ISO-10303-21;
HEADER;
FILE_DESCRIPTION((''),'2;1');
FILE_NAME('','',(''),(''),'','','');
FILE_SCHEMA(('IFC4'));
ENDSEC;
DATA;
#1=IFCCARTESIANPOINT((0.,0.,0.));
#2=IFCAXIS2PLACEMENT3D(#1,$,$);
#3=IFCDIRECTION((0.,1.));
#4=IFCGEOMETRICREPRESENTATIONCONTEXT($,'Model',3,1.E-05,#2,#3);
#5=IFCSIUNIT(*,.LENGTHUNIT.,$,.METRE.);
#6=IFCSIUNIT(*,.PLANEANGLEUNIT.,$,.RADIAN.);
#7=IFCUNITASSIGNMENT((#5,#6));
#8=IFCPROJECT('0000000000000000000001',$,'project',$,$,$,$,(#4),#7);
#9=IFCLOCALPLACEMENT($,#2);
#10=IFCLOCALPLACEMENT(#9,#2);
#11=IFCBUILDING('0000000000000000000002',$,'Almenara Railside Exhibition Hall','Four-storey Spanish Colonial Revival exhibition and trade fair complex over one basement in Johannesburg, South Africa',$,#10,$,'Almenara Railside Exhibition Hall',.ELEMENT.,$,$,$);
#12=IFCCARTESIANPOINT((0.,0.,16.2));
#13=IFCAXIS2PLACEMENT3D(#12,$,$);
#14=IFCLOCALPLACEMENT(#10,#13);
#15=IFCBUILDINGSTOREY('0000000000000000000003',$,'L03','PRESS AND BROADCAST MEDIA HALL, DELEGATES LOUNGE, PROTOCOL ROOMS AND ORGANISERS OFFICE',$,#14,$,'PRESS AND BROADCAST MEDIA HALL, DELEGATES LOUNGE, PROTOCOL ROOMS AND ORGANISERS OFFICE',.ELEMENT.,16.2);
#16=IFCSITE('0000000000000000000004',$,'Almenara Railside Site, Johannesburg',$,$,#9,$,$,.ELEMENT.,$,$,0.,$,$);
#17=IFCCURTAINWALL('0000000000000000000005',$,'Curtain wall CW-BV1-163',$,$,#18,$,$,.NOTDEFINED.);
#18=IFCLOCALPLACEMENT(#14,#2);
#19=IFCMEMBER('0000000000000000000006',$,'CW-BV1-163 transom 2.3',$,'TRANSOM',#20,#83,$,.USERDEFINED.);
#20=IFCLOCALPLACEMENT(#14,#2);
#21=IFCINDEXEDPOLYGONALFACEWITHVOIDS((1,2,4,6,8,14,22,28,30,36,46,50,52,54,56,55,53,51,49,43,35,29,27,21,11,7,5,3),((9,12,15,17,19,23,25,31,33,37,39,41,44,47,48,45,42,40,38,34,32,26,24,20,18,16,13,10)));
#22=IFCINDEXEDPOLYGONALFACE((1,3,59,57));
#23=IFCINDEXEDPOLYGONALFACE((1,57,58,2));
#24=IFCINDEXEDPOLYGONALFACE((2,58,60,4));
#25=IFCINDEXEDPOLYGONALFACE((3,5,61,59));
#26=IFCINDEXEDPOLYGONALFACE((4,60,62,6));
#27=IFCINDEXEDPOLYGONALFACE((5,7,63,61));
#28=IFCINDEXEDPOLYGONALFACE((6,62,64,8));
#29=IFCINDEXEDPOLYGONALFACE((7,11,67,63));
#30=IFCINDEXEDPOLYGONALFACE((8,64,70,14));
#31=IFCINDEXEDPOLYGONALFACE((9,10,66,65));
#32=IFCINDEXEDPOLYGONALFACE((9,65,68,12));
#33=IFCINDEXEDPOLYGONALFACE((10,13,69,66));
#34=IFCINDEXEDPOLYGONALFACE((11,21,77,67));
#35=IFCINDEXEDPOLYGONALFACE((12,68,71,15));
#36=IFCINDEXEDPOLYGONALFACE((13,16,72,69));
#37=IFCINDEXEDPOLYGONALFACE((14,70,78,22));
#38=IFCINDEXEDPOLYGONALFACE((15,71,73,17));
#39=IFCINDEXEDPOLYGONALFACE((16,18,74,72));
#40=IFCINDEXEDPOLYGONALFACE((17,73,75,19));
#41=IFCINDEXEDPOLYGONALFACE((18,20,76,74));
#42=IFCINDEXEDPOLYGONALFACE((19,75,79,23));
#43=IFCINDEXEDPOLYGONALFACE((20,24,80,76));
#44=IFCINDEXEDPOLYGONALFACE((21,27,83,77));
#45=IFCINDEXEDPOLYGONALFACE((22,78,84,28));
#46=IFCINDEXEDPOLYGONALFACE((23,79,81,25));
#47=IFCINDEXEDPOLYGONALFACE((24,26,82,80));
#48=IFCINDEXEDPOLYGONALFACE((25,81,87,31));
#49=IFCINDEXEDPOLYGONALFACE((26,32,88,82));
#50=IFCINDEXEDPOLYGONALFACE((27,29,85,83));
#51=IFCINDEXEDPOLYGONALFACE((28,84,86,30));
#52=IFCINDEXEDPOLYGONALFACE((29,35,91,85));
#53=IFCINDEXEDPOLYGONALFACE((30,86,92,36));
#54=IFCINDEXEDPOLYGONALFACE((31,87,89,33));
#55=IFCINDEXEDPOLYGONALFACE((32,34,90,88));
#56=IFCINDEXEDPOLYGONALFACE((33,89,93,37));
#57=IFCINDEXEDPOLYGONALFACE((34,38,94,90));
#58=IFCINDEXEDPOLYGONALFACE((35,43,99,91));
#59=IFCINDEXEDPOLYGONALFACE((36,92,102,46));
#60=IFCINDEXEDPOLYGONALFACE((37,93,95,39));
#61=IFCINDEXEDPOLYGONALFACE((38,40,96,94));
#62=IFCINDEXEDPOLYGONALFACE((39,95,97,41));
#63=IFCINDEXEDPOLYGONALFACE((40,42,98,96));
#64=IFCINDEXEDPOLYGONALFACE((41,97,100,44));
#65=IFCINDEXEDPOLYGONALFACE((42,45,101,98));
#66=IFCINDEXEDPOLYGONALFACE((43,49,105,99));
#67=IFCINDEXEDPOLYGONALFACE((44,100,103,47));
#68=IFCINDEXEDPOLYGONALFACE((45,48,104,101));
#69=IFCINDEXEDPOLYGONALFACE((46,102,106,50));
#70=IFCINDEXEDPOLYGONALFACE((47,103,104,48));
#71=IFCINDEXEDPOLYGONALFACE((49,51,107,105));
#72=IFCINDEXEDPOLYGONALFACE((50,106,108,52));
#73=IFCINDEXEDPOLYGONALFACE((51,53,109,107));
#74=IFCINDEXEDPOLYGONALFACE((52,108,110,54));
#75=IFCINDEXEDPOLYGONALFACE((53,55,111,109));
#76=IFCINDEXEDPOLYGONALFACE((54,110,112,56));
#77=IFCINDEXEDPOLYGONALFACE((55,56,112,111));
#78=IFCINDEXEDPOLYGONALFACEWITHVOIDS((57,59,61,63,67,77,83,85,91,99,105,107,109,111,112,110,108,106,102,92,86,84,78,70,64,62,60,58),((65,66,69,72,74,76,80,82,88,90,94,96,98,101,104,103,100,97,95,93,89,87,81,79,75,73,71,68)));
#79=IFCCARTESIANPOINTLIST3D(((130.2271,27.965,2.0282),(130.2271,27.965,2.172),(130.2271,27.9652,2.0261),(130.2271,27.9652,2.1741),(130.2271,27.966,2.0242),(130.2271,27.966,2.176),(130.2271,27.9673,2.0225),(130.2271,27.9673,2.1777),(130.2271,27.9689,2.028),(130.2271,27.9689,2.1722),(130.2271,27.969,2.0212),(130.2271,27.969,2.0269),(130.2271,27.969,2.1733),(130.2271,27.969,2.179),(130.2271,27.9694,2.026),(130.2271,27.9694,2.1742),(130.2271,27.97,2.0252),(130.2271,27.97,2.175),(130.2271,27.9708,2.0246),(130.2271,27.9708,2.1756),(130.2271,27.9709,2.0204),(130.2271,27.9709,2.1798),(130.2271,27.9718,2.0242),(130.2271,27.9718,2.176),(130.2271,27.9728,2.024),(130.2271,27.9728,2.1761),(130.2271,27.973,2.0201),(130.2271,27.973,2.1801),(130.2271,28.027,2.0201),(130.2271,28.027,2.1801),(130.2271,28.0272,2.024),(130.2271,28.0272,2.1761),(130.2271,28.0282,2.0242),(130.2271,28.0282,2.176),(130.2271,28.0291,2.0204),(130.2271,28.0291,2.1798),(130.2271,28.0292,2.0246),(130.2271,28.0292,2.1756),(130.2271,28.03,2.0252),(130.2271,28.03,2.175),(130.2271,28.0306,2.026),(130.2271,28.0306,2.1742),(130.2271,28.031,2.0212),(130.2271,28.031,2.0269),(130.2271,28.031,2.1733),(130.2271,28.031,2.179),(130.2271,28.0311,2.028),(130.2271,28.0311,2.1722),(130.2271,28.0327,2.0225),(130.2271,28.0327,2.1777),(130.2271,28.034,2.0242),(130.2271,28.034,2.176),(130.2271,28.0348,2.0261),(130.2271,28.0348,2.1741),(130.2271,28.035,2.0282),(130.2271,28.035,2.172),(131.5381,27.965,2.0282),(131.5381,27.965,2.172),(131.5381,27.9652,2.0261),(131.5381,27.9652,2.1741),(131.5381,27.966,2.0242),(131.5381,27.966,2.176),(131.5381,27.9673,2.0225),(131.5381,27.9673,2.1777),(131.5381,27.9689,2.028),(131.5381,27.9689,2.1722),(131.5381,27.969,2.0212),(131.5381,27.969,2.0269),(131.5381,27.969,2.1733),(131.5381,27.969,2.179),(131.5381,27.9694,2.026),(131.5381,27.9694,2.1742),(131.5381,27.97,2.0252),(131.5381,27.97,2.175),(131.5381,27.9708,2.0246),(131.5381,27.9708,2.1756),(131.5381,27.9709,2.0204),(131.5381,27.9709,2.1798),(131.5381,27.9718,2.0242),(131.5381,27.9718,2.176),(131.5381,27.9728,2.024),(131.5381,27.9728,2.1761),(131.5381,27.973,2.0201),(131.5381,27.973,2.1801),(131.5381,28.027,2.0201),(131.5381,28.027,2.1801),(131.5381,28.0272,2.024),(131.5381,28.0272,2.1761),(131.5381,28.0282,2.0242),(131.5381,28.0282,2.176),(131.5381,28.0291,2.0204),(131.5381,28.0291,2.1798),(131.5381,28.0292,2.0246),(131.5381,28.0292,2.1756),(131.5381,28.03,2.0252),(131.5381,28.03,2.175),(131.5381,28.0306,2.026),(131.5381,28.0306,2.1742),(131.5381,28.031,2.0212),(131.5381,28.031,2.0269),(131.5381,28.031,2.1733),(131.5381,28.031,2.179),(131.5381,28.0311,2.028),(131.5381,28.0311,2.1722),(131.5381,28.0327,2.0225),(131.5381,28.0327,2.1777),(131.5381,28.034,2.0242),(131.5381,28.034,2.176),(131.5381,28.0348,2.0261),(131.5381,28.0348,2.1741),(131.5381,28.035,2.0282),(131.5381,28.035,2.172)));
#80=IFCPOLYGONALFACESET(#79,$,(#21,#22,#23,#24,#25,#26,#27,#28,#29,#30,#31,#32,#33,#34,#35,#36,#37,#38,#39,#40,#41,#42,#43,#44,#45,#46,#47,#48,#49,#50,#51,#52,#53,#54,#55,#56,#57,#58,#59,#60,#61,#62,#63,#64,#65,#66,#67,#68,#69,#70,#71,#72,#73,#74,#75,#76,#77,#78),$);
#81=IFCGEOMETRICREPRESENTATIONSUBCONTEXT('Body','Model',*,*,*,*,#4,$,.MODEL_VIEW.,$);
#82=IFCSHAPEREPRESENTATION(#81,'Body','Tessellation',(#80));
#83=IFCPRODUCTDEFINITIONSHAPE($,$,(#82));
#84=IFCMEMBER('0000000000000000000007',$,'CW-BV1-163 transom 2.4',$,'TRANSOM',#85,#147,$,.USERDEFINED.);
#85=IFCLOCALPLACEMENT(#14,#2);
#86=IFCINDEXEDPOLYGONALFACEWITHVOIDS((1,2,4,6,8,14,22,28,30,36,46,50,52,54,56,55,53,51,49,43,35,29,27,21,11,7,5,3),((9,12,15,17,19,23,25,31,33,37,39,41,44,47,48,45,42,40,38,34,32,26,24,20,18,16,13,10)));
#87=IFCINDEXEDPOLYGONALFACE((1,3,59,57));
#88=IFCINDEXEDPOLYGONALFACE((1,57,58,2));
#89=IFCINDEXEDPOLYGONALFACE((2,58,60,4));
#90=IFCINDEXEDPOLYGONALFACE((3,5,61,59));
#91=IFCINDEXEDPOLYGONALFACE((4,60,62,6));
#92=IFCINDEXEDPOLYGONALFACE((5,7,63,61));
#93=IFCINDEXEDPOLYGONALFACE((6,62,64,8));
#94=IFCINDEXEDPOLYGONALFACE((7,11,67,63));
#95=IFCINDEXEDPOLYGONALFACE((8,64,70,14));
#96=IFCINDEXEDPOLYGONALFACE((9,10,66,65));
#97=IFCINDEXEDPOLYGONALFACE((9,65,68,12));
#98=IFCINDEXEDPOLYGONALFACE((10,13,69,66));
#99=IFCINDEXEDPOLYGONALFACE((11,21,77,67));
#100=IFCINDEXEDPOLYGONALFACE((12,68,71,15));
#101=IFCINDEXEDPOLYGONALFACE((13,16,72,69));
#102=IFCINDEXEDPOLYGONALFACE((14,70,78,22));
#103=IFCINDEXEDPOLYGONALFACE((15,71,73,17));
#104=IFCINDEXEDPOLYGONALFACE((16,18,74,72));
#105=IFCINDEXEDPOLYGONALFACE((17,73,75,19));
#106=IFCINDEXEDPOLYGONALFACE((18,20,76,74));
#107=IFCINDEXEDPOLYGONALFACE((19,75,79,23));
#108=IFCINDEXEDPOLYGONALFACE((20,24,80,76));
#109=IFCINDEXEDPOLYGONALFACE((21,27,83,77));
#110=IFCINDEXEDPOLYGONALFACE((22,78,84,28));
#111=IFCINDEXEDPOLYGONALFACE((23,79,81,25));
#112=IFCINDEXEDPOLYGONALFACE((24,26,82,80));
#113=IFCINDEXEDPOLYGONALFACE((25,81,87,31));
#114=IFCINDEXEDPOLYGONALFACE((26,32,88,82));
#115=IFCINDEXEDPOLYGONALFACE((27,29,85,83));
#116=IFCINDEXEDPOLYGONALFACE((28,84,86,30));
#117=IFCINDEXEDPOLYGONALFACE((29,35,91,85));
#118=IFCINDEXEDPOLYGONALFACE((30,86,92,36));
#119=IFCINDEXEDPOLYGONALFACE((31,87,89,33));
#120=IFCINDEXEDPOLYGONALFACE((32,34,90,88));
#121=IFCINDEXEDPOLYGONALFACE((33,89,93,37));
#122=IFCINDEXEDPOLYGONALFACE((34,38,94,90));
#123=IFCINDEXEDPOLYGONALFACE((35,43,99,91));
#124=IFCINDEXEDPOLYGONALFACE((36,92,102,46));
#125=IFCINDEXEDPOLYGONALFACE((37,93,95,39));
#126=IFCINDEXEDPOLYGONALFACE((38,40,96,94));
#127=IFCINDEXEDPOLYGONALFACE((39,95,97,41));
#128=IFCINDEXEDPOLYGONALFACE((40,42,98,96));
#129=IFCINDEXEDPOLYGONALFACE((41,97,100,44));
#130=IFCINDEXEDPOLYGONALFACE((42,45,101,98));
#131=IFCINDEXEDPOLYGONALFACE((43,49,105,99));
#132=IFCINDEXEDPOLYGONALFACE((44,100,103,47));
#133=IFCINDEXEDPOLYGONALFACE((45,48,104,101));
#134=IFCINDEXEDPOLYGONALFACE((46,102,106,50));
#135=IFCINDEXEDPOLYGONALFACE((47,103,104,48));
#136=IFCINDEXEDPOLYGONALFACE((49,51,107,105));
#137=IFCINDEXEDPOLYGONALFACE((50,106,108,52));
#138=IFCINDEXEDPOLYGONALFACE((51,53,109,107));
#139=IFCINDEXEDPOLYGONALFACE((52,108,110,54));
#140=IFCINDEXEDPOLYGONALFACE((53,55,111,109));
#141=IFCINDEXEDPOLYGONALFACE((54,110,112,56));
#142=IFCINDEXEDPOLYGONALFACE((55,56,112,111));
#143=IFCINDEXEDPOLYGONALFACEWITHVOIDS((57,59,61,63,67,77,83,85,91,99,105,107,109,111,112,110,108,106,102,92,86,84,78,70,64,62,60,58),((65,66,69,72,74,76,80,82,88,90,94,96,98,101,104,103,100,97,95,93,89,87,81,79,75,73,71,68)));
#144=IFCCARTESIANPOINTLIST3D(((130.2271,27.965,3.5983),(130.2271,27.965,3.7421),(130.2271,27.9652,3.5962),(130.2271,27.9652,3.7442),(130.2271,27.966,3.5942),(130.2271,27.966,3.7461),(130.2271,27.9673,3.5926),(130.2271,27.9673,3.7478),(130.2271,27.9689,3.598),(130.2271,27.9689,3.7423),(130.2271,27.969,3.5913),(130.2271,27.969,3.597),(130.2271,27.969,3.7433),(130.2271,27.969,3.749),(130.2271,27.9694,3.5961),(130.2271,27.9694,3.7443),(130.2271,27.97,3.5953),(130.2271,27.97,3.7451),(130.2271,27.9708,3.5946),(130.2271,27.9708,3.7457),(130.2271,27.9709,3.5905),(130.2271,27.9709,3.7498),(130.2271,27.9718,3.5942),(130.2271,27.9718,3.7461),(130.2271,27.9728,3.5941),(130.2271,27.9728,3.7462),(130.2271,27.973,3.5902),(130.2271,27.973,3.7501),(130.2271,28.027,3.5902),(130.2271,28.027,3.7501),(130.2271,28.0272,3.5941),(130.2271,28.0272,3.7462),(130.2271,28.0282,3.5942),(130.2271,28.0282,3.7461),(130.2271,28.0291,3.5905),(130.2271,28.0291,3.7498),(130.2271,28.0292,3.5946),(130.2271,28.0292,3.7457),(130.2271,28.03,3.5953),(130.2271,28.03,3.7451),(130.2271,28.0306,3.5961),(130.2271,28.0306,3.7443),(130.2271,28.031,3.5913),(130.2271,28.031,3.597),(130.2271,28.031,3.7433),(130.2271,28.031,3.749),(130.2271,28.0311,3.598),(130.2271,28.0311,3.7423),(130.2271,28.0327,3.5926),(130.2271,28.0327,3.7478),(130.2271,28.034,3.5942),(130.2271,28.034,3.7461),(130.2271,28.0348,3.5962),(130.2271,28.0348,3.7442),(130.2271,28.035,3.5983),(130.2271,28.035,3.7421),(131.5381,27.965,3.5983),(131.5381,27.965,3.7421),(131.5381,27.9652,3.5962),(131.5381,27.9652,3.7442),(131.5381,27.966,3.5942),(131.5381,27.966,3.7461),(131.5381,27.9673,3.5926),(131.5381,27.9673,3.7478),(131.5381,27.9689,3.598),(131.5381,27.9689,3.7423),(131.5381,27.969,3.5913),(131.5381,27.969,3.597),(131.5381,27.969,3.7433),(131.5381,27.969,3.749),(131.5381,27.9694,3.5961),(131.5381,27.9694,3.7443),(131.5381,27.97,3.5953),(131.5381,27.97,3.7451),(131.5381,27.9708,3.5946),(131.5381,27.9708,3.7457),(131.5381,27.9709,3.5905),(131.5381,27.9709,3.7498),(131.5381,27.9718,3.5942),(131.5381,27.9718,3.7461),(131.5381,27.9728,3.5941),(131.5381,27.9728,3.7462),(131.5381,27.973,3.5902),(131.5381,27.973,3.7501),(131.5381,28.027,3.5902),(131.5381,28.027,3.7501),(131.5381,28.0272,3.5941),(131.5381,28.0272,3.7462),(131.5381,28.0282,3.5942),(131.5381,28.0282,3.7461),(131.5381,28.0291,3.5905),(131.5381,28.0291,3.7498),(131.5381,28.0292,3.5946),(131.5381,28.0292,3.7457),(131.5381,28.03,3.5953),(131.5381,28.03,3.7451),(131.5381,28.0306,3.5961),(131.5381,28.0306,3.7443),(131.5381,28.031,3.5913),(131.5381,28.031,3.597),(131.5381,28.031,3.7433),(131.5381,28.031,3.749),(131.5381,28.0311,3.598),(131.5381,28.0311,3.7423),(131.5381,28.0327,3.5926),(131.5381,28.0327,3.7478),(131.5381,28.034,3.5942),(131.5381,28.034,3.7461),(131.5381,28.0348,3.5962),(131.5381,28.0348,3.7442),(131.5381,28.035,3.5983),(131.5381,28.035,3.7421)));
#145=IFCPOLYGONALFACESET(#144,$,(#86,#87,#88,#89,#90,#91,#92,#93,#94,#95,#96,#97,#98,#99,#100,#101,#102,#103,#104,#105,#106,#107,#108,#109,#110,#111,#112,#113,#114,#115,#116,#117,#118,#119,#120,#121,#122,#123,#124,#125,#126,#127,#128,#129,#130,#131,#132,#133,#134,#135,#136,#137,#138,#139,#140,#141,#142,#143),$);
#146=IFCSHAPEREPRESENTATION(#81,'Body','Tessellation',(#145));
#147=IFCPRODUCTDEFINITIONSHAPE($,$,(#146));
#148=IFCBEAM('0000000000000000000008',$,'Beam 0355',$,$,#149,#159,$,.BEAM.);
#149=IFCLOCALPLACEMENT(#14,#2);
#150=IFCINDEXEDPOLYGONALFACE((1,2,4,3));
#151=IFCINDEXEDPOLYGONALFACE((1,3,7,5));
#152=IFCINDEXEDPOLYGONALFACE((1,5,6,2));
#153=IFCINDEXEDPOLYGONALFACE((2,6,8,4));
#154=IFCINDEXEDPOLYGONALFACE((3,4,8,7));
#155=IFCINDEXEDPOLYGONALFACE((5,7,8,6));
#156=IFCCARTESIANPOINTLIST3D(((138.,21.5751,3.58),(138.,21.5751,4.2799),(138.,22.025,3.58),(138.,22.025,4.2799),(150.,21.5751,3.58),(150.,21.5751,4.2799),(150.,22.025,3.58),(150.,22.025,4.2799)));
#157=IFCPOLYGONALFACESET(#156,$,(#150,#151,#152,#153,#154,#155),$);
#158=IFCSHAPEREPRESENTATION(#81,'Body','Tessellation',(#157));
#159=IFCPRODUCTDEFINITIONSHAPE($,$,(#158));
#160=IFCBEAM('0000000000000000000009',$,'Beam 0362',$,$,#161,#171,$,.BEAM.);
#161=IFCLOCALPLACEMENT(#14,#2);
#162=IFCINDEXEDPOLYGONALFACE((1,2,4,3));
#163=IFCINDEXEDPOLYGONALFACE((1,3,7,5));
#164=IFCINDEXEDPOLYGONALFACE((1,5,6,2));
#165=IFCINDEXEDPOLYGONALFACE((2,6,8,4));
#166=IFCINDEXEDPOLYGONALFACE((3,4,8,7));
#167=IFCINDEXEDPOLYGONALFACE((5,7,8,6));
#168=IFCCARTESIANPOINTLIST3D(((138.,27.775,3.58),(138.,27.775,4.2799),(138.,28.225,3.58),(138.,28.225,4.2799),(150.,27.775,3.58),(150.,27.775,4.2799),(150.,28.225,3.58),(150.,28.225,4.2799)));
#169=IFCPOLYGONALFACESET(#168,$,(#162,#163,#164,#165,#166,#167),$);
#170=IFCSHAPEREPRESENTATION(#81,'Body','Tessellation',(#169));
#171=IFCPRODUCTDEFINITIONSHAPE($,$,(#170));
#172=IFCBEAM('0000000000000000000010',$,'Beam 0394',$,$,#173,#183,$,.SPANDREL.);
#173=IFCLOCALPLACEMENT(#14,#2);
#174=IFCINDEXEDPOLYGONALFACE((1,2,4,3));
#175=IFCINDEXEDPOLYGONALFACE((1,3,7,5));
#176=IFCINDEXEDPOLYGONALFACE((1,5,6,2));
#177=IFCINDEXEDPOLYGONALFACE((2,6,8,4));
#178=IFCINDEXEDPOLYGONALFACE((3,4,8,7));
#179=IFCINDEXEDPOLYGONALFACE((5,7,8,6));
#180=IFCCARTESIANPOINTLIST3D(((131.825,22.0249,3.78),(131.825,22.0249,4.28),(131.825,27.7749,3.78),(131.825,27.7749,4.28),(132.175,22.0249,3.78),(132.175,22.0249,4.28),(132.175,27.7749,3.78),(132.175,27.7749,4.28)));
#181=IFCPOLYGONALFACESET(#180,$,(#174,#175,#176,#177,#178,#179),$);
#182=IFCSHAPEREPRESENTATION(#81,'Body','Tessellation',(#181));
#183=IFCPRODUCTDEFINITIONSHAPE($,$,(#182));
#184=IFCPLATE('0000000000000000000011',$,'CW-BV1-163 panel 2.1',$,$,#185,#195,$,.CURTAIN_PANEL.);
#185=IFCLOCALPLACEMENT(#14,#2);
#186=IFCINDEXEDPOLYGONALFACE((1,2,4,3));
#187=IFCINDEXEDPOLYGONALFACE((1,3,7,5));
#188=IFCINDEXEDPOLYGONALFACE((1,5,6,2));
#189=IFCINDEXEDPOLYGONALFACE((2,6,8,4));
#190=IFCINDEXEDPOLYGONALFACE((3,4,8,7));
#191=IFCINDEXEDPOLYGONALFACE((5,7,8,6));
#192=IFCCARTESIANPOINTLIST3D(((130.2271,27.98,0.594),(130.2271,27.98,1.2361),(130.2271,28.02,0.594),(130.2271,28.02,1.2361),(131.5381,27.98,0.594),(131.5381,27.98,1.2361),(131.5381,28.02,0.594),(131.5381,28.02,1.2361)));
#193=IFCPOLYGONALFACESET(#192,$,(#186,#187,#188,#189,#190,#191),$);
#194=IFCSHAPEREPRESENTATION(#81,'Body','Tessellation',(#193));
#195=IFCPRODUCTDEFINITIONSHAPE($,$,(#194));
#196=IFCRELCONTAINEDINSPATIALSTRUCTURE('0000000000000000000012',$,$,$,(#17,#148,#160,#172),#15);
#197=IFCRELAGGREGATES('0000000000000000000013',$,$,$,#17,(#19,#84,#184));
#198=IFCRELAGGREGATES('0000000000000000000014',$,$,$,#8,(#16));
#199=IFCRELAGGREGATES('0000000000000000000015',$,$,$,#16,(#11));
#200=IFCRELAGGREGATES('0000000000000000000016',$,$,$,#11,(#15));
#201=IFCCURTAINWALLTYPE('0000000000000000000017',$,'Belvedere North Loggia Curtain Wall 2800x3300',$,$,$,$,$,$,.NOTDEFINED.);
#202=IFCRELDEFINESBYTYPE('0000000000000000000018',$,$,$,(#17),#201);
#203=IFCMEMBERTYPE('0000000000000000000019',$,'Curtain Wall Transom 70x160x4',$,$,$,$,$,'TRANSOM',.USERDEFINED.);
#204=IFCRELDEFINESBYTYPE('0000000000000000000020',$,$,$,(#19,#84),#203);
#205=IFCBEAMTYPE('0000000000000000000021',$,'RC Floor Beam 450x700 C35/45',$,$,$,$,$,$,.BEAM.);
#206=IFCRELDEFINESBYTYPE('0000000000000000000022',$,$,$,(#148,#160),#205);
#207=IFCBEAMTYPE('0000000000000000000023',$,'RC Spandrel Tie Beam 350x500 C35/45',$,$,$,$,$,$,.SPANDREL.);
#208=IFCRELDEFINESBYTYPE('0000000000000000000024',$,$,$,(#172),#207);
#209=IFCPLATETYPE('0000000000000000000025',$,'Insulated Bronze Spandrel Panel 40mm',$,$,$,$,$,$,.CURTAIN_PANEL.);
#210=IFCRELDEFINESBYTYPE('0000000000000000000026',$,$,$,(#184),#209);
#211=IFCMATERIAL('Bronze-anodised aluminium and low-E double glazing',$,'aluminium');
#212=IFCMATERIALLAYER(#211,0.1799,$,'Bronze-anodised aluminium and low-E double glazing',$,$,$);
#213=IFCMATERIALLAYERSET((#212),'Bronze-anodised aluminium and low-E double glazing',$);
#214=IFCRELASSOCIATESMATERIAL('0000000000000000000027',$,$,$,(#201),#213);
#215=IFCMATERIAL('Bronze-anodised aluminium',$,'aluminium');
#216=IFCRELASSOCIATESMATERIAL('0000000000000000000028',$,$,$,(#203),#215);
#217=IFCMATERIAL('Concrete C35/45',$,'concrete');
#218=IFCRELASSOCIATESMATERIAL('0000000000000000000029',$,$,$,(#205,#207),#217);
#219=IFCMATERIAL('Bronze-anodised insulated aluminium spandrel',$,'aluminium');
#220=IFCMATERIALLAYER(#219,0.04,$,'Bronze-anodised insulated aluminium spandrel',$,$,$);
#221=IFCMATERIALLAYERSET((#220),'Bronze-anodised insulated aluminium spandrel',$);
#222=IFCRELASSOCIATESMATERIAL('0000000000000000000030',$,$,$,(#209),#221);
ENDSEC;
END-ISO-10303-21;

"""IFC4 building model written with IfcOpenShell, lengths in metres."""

from ifc_helpers import new_model, si_unit, direction, frame, origin, origin_2d, place, context, subcontext, project, spatial, rectangle, hollow_rectangle, extrude, material, layer, layer_set, material_profile, profile_set, type_object, element, aggregate, save


model = new_model("IFC4")

# Units and contexts
model_context = context("Model", 3, precision=1e-05, world=origin(), true_north=direction((0.0, 1.0)))
body_context = subcontext(model_context, "Body", "Model", "MODEL_VIEW")
ifc_project = project(units=[si_unit("LENGTHUNIT", "METRE"), si_unit("PLANEANGLEUNIT", "RADIAN")], contexts=[model_context])

# Site, building, storey
site_placement = place(None, origin())
site = spatial("IfcSite", under=ifc_project, at=site_placement, Name="Almenara Railside Site, Johannesburg", CompositionType="ELEMENT", RefElevation=0.0)
building_placement = place(site_placement, origin())
building = spatial("IfcBuilding", under=site, at=building_placement, Name="Almenara Railside Exhibition Hall", Description="Four-storey Spanish Colonial Revival exhibition and trade fair complex over one basement in Johannesburg, South Africa", LongName="Almenara Railside Exhibition Hall", CompositionType="ELEMENT")
storey_placement = place(building_placement, frame((0.0, 0.0, 16.2)))
storey = spatial("IfcBuildingStorey", under=building, at=storey_placement, Name="L03", Description="PRESS AND BROADCAST MEDIA HALL, DELEGATES LOUNGE, PROTOCOL ROOMS AND ORGANISERS OFFICE", LongName="PRESS AND BROADCAST MEDIA HALL, DELEGATES LOUNGE, PROTOCOL ROOMS AND ORGANISERS OFFICE", CompositionType="ELEMENT", Elevation=16.2)

# Shared definitions
ifc_material_1 = material(Name="Concrete C35/45", Category="concrete")

# Curtain wall, members
ifc_material_2 = material(Name="Bronze-anodised aluminium and low-E double glazing", Category="aluminium")
ifc_layer_1 = layer(ifc_material_2, 0.1799, Name="Bronze-anodised aluminium and low-E double glazing")
ifc_layer_set_1 = layer_set([ifc_layer_1], Name="Bronze-anodised aluminium and low-E double glazing")
curtain_wall_type = type_object("IfcCurtainWallType", Name="Belvedere North Loggia Curtain Wall 2800x3300", PredefinedType="NOTDEFINED", material=ifc_layer_set_1)
curtain_wall_placement = place(storey_placement, origin())
curtain_wall = element("IfcCurtainWall", 1, at=curtain_wall_placement, inside=storey, type_object=curtain_wall_type, Name="Curtain wall CW-BV1-163", PredefinedType="NOTDEFINED")
ifc_material_3 = material(Name="Bronze-anodised aluminium", Category="aluminium")
ifc_material_profile_1 = material_profile(ifc_material_3, hollow_rectangle(XDim=0.0701, YDim=0.1599, WallThickness=0.0039, InnerFilletRadius=0.0039, OuterFilletRadius=0.0081, at=origin_2d()), Name="ALU-TRN 70x160x4")
ifc_profile_set_1 = profile_set([ifc_material_profile_1], Name="Bronze-anodised aluminium")
member_type_1 = type_object("IfcMemberType", Name="Curtain Wall Transom 70x160x4", ElementType="TRANSOM", PredefinedType="USERDEFINED", material=ifc_profile_set_1)
member_1_placement = place(storey_placement, frame((130.2271, 28.0, 2.1001), z_axis=(1.0, 0.0, 0.0), x_axis=(0.0, 1.0, 0.0)))
member_1 = element("IfcMember", 2, at=member_1_placement, type_object=member_type_1, Name="CW-BV1-163 transom 2.3", ObjectType="TRANSOM", PredefinedType="USERDEFINED", context=body_context, shape_type="SweptSolid", body=[
    extrude(hollow_rectangle(XDim=0.0701, YDim=0.1599, WallThickness=0.0039, InnerFilletRadius=0.0039, OuterFilletRadius=0.0081, at=origin_2d()), origin(), (0.0, 0.0, 1.0), 1.311),
])
member_2_placement = place(storey_placement, frame((130.2271, 28.0, 3.6702), z_axis=(1.0, 0.0, 0.0), x_axis=(0.0, 1.0, 0.0)))
member_2 = element("IfcMember", 3, at=member_2_placement, type_object=member_type_1, Name="CW-BV1-163 transom 2.4", ObjectType="TRANSOM", PredefinedType="USERDEFINED", context=body_context, shape_type="SweptSolid", body=[
    extrude(hollow_rectangle(XDim=0.0701, YDim=0.1599, WallThickness=0.0039, InnerFilletRadius=0.0039, OuterFilletRadius=0.0081, at=origin_2d()), origin(), (0.0, 0.0, 1.0), 1.311),
])

# Beams
ifc_material_profile_2 = material_profile(ifc_material_1, rectangle(XDim=0.45, YDim=0.7, at=origin_2d()), Name="RC 450x700")
ifc_profile_set_2 = profile_set([ifc_material_profile_2], Name="Concrete C35/45")
beam_type_1 = type_object("IfcBeamType", Name="RC Floor Beam 450x700 C35/45", PredefinedType="BEAM", material=ifc_profile_set_2)
for number, where, z_axis, x_axis, name in (
    (4, (138.0, 21.8, 3.9299), (1.0, 0.0, 0.0), (0.0, 1.0, 0.0), "Beam 0355"),
    (5, (138.0, 28.0, 3.9299), (1.0, 0.0, 0.0), (0.0, 1.0, 0.0), "Beam 0362"),
):
    element("IfcBeam", number, at=place(storey_placement, frame(where, z_axis=z_axis, x_axis=x_axis)), inside=storey, type_object=beam_type_1, Name=name, PredefinedType="BEAM", context=body_context, shape_type="SweptSolid", body=[
        extrude(rectangle(XDim=0.45, YDim=0.7, at=origin_2d()), origin(), (0.0, 0.0, 1.0), 12.0),
    ])
ifc_material_profile_3 = material_profile(ifc_material_1, rectangle(XDim=0.3501, YDim=0.5, at=origin_2d()), Name="RC 350x500")
ifc_profile_set_3 = profile_set([ifc_material_profile_3], Name="Concrete C35/45")
beam_type_2 = type_object("IfcBeamType", Name="RC Spandrel Tie Beam 350x500 C35/45", PredefinedType="SPANDREL", material=ifc_profile_set_3)
beam_placement = place(storey_placement, frame((132.0, 22.0249, 4.03), z_axis=(0.0, 1.0, 0.0), x_axis=(-1.0, 0.0, 0.0)))
element("IfcBeam", 6, at=beam_placement, inside=storey, type_object=beam_type_2, Name="Beam 0394", PredefinedType="SPANDREL", context=body_context, shape_type="SweptSolid", body=[
    extrude(rectangle(XDim=0.3501, YDim=0.5, at=origin_2d()), origin(), (0.0, 0.0, 1.0), 5.75),
])

# Plate
ifc_material_4 = material(Name="Bronze-anodised insulated aluminium spandrel", Category="aluminium")
ifc_layer_2 = layer(ifc_material_4, 0.04, Name="Bronze-anodised insulated aluminium spandrel")
ifc_layer_set_2 = layer_set([ifc_layer_2], Name="Bronze-anodised insulated aluminium spandrel")
plate_type = type_object("IfcPlateType", Name="Insulated Bronze Spandrel Panel 40mm", PredefinedType="CURTAIN_PANEL", material=ifc_layer_set_2)
plate_1_placement = place(storey_placement, frame((130.8826, 28.0, 0.594), z_axis=(0.0, 0.0, 1.0), x_axis=(1.0, 0.0, 0.0)))
plate_1 = element("IfcPlate", 7, at=plate_1_placement, type_object=plate_type, Name="CW-BV1-163 panel 2.1", PredefinedType="CURTAIN_PANEL", context=body_context, shape_type="SweptSolid", body=[
    extrude(rectangle(XDim=1.311, YDim=0.04, at=origin_2d()), origin(), (0.0, 0.0, 1.0), 0.6421),
])
aggregate(curtain_wall, [member_1, member_2, plate_1])

save(model, "model.ifc")
